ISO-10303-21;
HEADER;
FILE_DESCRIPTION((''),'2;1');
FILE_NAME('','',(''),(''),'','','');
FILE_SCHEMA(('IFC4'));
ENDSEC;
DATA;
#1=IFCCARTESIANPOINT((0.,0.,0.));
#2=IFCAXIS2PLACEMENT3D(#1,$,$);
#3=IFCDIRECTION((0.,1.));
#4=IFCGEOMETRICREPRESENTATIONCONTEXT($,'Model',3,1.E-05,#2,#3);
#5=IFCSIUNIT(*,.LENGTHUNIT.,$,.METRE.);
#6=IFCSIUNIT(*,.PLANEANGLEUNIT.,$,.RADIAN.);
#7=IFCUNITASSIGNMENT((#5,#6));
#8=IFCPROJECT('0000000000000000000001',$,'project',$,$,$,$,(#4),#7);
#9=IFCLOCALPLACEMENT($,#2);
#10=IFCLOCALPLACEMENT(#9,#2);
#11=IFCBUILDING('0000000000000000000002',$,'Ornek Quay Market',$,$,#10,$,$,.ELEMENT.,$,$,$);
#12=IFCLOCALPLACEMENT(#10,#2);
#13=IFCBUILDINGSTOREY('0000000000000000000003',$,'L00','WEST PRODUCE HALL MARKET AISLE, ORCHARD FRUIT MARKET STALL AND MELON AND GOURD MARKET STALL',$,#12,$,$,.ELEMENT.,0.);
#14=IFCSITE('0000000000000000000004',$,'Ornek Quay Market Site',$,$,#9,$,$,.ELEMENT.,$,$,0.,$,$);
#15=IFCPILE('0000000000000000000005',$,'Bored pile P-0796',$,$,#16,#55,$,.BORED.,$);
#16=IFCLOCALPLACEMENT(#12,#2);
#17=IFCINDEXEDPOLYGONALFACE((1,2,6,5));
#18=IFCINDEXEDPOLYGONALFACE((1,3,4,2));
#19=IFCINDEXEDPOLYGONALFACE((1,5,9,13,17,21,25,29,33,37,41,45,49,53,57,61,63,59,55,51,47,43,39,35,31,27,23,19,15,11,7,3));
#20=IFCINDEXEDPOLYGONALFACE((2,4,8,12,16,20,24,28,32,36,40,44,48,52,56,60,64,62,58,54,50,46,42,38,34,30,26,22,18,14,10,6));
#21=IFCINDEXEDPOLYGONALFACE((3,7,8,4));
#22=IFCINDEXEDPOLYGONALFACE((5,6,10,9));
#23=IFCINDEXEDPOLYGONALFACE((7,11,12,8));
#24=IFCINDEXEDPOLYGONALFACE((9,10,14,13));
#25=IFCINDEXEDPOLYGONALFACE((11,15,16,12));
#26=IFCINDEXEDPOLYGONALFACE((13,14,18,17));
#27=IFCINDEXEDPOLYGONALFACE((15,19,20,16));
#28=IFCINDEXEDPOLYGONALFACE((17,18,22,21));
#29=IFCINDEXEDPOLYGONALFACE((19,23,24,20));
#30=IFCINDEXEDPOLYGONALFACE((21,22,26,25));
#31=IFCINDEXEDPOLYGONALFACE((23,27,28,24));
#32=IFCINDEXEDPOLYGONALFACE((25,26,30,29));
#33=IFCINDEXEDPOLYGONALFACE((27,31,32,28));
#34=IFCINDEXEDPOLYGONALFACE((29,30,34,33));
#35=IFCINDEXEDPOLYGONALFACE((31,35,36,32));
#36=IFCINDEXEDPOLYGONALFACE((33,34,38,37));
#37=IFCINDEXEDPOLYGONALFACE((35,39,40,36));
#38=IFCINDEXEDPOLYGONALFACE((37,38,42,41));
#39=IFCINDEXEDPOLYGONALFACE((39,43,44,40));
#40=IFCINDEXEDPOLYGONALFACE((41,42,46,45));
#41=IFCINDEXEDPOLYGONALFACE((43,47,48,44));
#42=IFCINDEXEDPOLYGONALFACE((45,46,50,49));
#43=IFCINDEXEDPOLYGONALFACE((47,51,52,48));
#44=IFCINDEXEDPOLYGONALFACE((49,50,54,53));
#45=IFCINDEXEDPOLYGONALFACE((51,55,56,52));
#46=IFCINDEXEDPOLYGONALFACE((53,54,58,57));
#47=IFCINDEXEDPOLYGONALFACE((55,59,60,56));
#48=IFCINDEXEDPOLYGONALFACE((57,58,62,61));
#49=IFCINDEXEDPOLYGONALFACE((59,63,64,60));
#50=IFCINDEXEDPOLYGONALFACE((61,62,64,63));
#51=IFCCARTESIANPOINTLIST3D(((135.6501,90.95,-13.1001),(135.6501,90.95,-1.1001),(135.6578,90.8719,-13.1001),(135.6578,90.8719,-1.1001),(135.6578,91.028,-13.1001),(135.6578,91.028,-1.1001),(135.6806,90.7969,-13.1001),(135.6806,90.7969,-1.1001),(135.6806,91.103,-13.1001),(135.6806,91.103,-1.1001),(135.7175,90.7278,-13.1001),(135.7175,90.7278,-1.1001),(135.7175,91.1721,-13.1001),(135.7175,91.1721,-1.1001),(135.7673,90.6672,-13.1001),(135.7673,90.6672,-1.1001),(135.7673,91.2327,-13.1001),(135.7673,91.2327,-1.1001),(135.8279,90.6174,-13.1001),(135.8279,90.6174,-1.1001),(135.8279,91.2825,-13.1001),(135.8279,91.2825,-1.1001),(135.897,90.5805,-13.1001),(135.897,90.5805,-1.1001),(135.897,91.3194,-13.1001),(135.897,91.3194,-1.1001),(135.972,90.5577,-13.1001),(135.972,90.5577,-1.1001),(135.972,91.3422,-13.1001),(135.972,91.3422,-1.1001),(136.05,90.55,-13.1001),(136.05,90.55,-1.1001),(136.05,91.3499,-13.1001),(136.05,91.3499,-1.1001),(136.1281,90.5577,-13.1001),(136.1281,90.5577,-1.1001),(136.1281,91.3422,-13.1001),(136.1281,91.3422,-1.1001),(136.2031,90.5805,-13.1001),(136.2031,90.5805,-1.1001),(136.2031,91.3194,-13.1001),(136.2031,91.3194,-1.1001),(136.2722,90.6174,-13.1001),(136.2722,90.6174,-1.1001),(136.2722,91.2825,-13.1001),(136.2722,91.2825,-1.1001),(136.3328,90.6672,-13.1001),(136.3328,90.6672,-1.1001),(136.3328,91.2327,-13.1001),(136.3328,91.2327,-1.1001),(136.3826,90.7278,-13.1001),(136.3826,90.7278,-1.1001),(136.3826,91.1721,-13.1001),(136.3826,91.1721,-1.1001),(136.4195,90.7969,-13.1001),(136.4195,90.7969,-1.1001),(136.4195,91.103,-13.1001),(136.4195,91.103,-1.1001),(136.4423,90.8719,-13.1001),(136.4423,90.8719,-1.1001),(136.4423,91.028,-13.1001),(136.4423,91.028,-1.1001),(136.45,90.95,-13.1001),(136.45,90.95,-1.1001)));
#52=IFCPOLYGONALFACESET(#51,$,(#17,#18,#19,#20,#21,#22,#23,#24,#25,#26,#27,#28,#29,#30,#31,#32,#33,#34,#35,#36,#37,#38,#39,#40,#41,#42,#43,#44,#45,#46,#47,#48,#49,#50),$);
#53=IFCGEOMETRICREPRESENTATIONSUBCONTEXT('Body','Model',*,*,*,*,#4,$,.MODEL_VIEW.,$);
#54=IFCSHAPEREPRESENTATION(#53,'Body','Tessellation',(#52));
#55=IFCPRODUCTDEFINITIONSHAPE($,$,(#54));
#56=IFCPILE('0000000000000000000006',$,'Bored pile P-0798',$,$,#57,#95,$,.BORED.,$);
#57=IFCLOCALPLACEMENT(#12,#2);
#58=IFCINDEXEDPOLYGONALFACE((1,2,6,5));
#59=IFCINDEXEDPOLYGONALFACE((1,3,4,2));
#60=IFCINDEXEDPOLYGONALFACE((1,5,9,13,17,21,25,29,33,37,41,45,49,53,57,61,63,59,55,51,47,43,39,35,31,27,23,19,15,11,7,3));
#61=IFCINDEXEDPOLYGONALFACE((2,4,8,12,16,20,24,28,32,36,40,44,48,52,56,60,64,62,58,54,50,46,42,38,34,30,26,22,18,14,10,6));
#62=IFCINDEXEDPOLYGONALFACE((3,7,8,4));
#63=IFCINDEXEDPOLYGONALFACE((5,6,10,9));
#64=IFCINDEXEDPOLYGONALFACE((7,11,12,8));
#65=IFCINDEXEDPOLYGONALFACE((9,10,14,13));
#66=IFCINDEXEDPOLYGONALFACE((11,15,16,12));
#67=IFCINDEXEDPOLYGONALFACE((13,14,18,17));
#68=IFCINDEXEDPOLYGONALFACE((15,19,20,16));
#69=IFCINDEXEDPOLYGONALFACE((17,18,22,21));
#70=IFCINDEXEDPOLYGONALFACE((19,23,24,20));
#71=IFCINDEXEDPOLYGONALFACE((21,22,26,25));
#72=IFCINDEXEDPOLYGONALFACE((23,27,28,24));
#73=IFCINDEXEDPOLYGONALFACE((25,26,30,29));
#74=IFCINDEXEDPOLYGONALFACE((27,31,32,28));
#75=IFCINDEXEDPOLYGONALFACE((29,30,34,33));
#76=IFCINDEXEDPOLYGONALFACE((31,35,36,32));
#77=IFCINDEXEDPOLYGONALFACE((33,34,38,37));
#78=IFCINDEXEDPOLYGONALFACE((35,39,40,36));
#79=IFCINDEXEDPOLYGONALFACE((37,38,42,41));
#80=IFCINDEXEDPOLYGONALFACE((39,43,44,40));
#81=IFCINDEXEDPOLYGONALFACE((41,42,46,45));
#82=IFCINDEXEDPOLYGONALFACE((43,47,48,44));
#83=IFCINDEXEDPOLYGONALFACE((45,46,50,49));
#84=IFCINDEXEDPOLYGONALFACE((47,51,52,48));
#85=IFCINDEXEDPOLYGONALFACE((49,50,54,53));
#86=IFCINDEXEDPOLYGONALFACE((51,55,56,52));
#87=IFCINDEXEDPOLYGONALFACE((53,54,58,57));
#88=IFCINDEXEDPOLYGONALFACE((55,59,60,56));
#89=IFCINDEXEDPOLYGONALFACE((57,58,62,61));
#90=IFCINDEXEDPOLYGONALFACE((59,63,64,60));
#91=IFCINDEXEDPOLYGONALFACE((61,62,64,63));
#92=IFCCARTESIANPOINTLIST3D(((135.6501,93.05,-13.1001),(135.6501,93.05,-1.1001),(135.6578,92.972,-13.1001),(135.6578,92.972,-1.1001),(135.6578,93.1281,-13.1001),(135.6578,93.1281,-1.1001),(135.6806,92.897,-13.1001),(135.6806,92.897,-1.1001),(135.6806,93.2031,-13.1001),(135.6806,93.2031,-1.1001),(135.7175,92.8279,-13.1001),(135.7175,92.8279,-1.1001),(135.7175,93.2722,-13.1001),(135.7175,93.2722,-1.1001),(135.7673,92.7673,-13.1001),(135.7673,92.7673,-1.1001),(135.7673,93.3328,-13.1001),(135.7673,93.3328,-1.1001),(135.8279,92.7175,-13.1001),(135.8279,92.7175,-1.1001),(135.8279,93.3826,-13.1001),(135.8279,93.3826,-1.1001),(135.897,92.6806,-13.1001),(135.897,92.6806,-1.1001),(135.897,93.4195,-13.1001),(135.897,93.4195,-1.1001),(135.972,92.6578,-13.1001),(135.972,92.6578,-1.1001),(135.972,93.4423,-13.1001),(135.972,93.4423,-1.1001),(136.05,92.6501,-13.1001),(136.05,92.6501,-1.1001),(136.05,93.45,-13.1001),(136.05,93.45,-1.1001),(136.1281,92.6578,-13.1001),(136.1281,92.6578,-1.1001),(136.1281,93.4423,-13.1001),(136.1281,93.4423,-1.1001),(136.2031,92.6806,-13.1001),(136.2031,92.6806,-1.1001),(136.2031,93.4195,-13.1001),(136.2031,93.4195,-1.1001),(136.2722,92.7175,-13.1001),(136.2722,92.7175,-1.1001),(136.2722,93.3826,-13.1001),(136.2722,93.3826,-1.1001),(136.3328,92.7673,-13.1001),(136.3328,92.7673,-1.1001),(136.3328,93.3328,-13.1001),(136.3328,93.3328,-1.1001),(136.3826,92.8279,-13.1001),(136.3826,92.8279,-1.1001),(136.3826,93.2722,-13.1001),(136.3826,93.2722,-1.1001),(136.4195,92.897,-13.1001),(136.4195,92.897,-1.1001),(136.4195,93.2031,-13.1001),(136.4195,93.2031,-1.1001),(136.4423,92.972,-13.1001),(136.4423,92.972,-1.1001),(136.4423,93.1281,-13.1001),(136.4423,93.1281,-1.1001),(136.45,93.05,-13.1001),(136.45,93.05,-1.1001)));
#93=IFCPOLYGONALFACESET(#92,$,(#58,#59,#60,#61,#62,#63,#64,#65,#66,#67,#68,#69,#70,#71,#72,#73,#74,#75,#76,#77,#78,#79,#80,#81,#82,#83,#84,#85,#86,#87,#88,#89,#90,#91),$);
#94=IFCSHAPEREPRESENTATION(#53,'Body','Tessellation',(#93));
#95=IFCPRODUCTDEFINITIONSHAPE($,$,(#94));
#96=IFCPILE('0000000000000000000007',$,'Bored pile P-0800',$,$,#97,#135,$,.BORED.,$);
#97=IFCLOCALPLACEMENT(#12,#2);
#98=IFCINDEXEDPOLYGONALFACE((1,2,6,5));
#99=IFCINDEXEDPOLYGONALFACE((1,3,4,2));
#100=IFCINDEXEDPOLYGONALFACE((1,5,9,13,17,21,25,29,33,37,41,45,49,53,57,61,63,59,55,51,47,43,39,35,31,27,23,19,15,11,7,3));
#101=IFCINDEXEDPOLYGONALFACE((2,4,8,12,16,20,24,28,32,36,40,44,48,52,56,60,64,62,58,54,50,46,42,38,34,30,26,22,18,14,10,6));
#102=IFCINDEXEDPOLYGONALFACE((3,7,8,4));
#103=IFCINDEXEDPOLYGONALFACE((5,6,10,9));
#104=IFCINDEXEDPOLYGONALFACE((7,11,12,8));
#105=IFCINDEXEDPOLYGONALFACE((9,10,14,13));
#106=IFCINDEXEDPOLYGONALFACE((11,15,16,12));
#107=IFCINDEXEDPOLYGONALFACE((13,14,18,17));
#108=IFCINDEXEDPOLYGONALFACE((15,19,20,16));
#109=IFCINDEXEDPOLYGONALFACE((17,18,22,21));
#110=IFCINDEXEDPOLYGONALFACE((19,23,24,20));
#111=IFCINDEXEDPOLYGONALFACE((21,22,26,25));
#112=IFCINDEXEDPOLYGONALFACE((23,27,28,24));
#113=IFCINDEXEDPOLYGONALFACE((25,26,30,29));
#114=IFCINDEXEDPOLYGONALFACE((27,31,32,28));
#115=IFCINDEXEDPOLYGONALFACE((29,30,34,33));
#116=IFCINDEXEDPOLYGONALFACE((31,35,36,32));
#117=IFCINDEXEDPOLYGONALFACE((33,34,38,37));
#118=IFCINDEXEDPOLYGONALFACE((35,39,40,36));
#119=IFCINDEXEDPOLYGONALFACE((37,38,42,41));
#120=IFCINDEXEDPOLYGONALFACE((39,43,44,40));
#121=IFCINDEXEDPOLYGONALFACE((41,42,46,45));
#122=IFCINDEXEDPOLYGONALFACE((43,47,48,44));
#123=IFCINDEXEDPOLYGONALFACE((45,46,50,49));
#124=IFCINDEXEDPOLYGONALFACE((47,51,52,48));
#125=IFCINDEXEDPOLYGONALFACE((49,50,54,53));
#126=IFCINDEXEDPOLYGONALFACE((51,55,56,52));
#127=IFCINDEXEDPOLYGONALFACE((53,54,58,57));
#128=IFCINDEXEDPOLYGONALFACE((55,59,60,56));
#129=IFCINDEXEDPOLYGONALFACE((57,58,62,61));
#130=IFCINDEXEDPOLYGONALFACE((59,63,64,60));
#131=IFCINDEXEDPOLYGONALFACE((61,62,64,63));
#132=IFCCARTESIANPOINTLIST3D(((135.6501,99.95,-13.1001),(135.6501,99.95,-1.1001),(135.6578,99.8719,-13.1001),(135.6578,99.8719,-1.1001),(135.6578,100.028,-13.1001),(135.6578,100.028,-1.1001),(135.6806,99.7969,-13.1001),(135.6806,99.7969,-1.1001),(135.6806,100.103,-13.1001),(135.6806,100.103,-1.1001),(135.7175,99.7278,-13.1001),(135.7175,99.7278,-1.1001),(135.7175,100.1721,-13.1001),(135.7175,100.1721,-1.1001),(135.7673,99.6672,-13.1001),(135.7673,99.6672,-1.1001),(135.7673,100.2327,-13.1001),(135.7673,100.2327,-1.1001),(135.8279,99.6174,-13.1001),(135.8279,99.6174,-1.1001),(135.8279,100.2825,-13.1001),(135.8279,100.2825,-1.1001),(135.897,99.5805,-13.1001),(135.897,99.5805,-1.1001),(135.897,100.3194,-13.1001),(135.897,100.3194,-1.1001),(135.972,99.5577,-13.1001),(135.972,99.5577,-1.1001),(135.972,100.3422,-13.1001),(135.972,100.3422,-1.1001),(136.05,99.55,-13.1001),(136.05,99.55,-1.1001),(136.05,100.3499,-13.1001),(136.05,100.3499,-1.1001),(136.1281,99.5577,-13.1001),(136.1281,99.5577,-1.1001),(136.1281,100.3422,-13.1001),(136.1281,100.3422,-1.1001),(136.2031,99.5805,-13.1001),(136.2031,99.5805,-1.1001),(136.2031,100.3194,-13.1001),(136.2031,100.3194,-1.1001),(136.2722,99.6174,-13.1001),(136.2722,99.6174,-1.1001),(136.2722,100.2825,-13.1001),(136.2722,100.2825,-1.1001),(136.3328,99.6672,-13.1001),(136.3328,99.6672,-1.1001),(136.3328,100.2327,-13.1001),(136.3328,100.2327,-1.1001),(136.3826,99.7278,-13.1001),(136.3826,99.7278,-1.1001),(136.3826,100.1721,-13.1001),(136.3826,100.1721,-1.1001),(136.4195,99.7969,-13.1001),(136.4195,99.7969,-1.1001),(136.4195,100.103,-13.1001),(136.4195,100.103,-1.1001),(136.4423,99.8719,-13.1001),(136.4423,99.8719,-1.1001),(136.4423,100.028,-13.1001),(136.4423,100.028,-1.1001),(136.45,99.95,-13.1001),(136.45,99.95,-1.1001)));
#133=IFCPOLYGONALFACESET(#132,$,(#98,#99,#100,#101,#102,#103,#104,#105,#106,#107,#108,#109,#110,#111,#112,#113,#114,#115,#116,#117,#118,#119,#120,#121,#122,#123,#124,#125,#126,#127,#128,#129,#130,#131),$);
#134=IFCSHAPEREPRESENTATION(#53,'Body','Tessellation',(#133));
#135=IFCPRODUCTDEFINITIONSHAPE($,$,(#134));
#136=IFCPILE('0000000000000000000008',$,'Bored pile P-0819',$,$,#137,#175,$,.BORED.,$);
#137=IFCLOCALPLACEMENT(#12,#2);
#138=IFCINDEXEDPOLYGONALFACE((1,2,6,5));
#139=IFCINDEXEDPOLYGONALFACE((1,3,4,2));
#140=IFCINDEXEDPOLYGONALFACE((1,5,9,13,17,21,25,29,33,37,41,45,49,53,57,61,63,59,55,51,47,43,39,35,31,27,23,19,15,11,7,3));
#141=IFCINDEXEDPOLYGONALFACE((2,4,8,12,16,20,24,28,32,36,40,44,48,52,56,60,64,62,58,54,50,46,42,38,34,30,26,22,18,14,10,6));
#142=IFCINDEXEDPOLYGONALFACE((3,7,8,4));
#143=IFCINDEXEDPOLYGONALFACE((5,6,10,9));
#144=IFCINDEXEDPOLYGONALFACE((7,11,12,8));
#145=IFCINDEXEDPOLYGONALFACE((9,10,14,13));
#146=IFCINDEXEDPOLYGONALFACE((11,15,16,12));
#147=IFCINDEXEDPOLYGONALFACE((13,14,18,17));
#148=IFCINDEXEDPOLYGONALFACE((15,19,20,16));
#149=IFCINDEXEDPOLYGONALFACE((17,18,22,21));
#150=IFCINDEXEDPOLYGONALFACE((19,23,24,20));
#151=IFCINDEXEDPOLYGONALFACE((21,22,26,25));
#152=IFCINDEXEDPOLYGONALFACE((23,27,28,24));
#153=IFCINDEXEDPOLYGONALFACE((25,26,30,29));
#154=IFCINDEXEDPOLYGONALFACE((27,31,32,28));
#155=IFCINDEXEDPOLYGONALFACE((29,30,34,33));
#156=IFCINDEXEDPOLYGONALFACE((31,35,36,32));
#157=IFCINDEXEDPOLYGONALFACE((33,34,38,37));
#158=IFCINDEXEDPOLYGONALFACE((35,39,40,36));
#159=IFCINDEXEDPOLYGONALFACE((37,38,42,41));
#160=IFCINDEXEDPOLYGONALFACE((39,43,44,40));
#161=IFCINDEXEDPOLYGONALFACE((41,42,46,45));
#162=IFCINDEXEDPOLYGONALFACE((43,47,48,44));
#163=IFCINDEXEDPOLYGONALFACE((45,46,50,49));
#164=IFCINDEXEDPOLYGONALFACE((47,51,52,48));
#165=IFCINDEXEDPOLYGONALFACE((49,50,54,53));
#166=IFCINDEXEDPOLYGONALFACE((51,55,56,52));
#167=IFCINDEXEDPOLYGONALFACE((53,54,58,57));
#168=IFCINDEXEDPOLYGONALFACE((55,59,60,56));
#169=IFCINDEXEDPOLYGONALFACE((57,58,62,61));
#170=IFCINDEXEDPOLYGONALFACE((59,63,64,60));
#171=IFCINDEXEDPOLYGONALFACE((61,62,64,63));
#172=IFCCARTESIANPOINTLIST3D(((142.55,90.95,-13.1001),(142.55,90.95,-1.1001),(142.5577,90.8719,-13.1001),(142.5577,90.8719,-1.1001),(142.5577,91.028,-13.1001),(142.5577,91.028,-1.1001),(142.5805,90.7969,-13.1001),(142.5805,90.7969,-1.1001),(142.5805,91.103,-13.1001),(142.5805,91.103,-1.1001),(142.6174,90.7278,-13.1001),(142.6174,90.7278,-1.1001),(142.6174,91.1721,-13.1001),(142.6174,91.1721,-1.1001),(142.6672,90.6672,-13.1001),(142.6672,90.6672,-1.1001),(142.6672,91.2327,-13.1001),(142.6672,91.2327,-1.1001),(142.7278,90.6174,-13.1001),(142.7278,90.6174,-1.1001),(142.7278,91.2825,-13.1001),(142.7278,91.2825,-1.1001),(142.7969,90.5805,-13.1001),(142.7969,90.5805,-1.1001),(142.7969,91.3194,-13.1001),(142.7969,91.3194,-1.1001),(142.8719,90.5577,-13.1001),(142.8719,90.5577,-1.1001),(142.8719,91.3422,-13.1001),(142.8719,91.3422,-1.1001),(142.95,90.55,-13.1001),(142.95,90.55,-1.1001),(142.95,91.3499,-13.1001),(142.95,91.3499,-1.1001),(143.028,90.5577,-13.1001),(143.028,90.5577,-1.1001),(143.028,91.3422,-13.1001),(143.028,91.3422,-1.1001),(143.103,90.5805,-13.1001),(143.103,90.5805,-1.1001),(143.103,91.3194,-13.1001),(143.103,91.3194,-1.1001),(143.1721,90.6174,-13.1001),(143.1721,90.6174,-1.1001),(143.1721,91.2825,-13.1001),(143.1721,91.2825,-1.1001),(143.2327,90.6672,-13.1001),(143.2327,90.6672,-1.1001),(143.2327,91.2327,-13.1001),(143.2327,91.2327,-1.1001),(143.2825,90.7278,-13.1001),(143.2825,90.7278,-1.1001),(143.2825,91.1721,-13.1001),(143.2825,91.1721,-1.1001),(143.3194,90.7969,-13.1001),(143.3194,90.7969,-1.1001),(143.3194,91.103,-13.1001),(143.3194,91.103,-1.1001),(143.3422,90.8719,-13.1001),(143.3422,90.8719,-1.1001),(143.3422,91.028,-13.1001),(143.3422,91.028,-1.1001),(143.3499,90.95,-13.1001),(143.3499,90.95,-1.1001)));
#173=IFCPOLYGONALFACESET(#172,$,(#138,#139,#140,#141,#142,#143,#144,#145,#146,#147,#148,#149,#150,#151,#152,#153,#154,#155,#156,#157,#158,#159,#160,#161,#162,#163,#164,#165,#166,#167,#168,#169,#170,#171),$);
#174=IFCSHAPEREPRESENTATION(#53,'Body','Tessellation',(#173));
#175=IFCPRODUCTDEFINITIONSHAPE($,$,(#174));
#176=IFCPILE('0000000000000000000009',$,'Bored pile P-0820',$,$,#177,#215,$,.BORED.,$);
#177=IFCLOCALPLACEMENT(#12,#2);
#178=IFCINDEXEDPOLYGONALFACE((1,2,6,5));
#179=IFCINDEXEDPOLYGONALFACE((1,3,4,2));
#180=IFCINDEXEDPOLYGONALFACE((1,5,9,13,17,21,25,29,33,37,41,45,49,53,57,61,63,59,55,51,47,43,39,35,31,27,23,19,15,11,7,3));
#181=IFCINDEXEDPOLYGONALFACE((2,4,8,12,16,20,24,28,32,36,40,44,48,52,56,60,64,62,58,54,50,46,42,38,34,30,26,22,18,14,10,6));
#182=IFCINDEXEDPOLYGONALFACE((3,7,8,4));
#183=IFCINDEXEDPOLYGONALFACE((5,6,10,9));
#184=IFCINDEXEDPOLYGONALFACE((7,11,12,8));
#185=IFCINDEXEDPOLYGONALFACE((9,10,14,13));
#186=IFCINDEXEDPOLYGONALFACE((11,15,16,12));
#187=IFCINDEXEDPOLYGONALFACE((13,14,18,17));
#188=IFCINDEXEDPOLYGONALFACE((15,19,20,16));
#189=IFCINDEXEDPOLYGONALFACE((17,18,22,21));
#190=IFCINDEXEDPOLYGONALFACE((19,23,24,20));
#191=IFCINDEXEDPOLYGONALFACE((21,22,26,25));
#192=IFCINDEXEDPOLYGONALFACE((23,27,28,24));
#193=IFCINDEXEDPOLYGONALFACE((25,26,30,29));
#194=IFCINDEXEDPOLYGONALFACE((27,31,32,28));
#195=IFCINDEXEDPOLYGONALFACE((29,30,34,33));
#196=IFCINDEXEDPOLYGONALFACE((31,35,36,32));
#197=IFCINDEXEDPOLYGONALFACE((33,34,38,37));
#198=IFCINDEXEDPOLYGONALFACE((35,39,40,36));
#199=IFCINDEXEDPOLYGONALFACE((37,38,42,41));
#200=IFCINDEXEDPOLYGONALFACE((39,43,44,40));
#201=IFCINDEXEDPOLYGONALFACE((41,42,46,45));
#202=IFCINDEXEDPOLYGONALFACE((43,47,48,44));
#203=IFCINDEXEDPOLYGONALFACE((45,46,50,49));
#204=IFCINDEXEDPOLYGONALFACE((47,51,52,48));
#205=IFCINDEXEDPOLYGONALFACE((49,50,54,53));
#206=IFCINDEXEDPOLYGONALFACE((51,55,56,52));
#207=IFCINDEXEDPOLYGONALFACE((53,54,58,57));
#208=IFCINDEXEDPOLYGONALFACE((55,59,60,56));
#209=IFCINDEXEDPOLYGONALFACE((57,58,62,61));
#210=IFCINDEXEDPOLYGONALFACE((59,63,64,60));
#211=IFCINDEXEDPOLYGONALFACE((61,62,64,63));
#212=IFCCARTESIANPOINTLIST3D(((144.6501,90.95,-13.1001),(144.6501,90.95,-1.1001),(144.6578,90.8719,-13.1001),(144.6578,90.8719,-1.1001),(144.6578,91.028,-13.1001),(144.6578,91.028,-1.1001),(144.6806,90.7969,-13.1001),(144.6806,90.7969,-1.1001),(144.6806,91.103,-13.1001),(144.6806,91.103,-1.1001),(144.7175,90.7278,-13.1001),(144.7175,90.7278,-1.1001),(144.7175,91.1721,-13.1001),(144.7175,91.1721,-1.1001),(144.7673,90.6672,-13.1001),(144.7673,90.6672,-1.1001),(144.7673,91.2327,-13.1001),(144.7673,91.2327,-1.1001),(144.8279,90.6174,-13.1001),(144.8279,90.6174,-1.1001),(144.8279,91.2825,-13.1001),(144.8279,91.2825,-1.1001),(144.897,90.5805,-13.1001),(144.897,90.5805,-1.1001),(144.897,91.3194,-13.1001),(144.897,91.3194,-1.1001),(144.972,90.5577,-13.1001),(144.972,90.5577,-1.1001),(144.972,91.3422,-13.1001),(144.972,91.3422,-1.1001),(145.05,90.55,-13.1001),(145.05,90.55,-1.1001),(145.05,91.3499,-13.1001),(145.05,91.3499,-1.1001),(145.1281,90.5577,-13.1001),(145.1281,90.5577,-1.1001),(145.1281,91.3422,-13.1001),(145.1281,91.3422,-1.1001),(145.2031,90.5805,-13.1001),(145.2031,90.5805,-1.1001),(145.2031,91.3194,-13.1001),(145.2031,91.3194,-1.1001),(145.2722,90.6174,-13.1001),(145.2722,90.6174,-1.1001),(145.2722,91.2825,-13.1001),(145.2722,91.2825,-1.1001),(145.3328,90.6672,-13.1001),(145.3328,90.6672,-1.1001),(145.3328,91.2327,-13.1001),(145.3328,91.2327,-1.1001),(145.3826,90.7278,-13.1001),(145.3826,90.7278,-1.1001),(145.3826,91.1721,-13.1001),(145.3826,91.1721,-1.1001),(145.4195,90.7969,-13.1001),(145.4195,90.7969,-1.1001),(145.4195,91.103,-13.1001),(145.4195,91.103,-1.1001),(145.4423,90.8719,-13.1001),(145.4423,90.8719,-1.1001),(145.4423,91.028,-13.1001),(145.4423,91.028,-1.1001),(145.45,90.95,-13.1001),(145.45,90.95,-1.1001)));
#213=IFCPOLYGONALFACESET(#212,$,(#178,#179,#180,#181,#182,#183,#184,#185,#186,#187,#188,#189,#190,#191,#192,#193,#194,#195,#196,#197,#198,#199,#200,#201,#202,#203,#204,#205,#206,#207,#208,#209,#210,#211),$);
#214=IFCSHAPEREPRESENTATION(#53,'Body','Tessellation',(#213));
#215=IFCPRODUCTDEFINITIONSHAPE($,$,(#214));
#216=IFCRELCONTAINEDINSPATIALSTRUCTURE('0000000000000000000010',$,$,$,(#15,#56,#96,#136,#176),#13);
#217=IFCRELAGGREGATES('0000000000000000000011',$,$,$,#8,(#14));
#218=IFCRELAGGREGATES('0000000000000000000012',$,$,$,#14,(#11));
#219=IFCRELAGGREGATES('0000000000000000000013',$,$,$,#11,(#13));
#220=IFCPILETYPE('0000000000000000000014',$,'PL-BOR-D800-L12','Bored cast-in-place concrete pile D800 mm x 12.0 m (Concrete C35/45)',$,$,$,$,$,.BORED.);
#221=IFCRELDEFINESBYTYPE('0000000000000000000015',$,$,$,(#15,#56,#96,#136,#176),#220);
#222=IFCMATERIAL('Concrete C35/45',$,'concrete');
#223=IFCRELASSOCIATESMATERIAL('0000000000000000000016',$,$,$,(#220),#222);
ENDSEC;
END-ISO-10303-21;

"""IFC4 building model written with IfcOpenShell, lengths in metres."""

from ifc_helpers import new_model, si_unit, direction, frame, origin, origin_2d, place, context, subcontext, project, spatial, circle, extrude, material, material_profile, profile_set, type_object, element, save


model = new_model("IFC4")

# Units and contexts
model_context = context("Model", 3, precision=1e-05, world=origin(), true_north=direction((0.0, 1.0)))
body_context = subcontext(model_context, "Body", "Model", "MODEL_VIEW")
ifc_project = project(units=[si_unit("LENGTHUNIT", "METRE"), si_unit("PLANEANGLEUNIT", "RADIAN")], contexts=[model_context])

# Site, building, storey
site_placement = place(None, origin())
site = spatial("IfcSite", under=ifc_project, at=site_placement, Name="Ornek Quay Market Site", CompositionType="ELEMENT", RefElevation=0.0)
building_placement = place(site_placement, origin())
building = spatial("IfcBuilding", under=site, at=building_placement, Name="Ornek Quay Market", CompositionType="ELEMENT")
storey_placement = place(building_placement, origin())
storey = spatial("IfcBuildingStorey", under=building, at=storey_placement, Name="L00", Description="WEST PRODUCE HALL MARKET AISLE, ORCHARD FRUIT MARKET STALL AND MELON AND GOURD MARKET STALL", CompositionType="ELEMENT", Elevation=0.0)

# Piles
ifc_material_1 = material(Name="Concrete C35/45", Category="concrete")
ifc_material_profile_1 = material_profile(ifc_material_1, circle(Radius=0.3999, at=origin_2d()), Name="PILE D800", Category="concrete")
ifc_profile_set_1 = profile_set([ifc_material_profile_1], Name="Concrete C35/45")
pile_type = type_object("IfcPileType", Name="PL-BOR-D800-L12", Description="Bored cast-in-place concrete pile D800 mm x 12.0 m (Concrete C35/45)", PredefinedType="BORED", material=ifc_profile_set_1)
for number, where, z_axis, x_axis, name in (
    (1, (136.05, 90.95, -1.1001), (0.0, 0.0, -1.0), (1.0, 0.0, 0.0), "Bored pile P-0796"),
    (2, (136.05, 93.05, -1.1001), (0.0, 0.0, -1.0), (1.0, 0.0, 0.0), "Bored pile P-0798"),
    (3, (136.05, 99.95, -1.1001), (0.0, 0.0, -1.0), (1.0, 0.0, 0.0), "Bored pile P-0800"),
    (4, (142.95, 90.95, -1.1001), (0.0, 0.0, -1.0), (1.0, 0.0, 0.0), "Bored pile P-0819"),
    (5, (145.05, 90.95, -1.1001), (0.0, 0.0, -1.0), (1.0, 0.0, 0.0), "Bored pile P-0820"),
):
    element("IfcPile", number, at=place(storey_placement, frame(where, z_axis=z_axis, x_axis=x_axis)), inside=storey, type_object=pile_type, Name=name, PredefinedType="BORED", context=body_context, shape_type="SweptSolid", body=[
        extrude(circle(Radius=0.3999, at=origin_2d()), origin(), (0.0, 0.0, 1.0), 12.0),
    ])

save(model, "model.ifc")
